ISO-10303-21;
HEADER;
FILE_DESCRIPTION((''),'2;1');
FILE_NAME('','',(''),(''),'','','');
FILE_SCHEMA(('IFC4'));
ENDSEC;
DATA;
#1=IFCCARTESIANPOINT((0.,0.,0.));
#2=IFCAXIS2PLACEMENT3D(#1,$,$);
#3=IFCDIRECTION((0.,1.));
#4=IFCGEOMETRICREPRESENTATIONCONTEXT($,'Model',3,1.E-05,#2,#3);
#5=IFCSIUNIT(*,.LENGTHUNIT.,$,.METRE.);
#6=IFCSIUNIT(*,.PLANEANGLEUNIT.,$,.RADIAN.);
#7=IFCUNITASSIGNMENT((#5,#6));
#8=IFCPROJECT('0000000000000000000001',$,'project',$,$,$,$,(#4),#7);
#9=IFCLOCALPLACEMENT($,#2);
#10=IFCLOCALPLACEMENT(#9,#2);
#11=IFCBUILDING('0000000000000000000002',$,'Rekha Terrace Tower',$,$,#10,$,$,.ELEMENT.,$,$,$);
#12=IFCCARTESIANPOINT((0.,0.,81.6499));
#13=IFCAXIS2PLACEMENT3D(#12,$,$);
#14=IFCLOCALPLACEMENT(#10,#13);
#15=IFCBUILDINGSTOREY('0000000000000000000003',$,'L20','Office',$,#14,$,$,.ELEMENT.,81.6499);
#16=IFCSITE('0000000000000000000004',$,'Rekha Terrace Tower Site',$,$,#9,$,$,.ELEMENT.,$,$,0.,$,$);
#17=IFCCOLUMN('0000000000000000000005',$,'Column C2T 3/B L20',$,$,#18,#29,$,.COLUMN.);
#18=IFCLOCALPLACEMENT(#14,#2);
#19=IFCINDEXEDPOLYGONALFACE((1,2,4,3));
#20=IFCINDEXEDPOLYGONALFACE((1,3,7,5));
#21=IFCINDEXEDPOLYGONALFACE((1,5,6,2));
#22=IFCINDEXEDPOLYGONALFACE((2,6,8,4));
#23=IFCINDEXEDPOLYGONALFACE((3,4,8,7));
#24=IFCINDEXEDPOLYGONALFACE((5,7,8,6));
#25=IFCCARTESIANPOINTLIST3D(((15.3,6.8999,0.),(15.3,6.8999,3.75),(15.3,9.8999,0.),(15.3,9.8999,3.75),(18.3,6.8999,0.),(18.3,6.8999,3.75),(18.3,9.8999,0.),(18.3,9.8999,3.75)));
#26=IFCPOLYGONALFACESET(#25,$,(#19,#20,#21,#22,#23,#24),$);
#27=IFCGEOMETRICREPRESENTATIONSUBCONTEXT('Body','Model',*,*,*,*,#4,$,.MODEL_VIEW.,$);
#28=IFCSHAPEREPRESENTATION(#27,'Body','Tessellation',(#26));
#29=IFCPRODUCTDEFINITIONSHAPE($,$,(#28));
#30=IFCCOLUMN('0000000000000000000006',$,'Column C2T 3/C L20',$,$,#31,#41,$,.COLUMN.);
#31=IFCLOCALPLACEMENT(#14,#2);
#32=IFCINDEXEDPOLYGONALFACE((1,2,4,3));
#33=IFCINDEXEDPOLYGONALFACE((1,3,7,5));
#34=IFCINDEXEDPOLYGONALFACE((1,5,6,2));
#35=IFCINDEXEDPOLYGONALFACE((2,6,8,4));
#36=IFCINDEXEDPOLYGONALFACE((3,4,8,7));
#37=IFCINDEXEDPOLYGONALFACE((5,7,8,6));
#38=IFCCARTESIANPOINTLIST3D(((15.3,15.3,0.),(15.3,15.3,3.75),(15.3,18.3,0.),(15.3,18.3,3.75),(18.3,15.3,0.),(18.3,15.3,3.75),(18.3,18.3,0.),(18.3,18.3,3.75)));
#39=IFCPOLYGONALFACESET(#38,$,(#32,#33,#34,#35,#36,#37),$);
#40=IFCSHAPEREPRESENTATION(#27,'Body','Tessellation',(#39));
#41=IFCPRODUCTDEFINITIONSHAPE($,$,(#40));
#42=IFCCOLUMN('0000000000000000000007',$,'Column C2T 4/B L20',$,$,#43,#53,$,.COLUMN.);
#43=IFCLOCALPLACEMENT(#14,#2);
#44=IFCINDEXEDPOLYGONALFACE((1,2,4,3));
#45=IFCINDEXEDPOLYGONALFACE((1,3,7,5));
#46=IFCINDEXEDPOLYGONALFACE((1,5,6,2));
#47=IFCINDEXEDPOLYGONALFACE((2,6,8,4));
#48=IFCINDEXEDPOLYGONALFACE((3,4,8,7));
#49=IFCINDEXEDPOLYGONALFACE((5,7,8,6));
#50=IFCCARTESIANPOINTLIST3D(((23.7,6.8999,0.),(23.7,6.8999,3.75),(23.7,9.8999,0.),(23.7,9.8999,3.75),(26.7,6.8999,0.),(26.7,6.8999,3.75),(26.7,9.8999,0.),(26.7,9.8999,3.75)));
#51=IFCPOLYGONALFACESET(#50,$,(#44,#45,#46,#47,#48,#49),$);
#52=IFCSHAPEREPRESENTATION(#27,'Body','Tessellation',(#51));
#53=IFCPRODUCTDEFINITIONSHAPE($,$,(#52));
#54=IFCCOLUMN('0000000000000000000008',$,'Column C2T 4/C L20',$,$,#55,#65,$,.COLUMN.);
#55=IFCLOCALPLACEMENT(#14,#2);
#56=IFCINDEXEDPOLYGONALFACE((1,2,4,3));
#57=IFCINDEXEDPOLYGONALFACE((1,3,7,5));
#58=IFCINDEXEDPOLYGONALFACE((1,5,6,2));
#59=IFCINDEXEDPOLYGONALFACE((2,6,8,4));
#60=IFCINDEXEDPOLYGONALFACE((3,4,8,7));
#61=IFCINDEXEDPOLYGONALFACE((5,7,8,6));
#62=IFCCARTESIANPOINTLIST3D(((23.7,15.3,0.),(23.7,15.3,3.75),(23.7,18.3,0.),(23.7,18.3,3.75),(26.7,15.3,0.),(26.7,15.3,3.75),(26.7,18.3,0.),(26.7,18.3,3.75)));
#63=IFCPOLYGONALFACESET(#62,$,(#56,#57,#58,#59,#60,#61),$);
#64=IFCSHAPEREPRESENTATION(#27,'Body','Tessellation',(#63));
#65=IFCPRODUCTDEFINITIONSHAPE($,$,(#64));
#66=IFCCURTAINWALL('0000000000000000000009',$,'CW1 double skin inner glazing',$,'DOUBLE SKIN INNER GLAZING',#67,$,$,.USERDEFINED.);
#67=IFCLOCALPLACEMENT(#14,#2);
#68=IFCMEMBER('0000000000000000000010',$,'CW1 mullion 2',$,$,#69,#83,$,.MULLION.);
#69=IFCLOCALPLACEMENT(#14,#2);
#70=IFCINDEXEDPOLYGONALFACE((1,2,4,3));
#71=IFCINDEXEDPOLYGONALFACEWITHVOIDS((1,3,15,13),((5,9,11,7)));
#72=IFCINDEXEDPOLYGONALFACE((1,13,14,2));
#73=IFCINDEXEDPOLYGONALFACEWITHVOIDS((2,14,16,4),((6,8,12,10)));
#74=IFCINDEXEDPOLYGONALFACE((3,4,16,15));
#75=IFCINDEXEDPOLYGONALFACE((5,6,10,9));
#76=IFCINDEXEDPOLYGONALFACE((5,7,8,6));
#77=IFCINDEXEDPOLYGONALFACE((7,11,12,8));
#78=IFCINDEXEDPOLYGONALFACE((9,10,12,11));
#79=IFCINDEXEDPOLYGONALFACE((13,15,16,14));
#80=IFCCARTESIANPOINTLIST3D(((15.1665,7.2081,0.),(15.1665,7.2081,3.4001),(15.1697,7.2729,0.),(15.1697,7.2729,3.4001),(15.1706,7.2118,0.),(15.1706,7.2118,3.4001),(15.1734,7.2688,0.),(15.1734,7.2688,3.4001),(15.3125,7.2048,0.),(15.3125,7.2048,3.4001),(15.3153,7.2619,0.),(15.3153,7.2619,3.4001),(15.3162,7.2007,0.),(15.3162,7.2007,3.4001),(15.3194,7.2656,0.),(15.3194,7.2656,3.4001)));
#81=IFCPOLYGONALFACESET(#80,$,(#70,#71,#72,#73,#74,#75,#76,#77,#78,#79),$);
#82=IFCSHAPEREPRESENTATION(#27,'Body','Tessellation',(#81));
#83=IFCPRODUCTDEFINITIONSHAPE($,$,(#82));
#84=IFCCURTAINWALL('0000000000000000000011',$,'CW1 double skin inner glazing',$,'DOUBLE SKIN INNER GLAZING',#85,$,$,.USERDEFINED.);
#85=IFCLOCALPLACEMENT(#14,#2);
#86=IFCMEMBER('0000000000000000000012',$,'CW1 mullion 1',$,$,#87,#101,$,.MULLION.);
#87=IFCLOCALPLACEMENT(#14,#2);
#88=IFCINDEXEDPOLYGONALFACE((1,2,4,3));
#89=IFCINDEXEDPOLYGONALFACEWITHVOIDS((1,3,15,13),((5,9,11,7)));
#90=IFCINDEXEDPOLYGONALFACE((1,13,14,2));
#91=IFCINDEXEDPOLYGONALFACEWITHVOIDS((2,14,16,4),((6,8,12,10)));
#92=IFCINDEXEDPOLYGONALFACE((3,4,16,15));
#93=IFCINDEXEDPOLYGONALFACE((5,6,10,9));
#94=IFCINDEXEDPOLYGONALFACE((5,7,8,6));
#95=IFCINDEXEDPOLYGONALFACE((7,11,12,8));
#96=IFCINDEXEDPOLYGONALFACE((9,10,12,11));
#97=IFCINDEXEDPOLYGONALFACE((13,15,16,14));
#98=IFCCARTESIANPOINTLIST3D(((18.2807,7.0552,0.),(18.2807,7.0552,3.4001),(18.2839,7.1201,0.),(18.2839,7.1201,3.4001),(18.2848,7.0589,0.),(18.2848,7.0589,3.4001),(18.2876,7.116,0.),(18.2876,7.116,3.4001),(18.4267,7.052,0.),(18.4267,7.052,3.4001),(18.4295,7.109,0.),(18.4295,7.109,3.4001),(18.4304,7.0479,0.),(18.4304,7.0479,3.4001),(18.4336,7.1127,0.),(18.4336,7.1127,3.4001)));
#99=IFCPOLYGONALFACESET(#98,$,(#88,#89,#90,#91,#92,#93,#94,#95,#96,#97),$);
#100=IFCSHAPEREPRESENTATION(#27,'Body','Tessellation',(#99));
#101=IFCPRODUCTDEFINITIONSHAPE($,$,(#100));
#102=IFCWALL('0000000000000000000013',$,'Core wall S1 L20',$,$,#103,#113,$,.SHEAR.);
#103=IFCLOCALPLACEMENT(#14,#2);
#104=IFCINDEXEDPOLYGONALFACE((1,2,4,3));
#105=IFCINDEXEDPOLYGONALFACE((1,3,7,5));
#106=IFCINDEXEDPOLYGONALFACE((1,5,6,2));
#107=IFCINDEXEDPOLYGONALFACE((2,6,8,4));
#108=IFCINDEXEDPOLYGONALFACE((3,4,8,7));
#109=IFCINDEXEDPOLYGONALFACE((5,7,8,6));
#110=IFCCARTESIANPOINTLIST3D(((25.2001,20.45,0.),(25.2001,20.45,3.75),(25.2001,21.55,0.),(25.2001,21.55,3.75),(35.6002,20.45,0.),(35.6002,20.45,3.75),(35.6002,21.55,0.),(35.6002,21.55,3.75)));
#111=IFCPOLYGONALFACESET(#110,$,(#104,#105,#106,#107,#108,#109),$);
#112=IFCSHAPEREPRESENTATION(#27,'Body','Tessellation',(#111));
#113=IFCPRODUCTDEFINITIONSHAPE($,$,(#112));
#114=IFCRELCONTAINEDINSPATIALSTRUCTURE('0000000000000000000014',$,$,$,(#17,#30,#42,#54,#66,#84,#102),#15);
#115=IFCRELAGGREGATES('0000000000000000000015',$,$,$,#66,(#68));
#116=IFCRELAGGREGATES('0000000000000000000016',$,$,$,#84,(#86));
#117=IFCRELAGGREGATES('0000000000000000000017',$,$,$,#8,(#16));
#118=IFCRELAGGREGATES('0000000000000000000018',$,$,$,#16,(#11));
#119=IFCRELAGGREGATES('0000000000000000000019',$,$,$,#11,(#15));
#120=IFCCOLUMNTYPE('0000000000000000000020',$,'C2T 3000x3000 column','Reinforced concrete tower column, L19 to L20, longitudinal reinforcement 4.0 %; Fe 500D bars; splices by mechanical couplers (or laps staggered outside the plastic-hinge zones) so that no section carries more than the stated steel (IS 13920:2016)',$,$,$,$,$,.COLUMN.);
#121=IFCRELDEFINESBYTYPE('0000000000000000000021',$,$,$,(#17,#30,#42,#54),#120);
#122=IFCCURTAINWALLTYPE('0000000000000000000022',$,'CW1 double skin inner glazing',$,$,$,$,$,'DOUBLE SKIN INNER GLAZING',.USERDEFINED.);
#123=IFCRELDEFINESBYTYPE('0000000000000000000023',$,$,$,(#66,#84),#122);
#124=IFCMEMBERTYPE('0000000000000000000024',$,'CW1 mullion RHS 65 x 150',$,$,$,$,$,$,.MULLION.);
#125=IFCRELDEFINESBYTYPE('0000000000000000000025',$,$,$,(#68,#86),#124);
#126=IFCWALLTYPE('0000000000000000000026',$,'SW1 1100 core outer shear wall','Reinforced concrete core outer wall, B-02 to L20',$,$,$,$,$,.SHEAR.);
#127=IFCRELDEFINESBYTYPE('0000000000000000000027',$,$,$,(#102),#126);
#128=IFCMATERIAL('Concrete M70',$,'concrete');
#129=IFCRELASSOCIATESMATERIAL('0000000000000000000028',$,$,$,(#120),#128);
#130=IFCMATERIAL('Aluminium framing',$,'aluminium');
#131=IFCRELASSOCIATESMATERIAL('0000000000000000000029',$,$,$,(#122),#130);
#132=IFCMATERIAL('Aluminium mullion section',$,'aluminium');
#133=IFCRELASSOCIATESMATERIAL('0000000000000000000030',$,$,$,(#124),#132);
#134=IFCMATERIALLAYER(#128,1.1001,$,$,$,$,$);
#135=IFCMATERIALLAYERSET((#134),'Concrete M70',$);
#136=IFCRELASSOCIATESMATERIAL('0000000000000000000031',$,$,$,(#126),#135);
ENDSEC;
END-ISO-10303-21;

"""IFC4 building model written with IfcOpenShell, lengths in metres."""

from ifc_helpers import new_model, si_unit, direction, frame, frame_2d, origin, origin_2d, place, context, subcontext, project, spatial, rectangle, hollow_rectangle, extrude, material, layer, layer_set, material_profile, profile_set, type_object, element, aggregate, save


model = new_model("IFC4")

# Units and contexts
model_context = context("Model", 3, precision=1e-05, world=origin(), true_north=direction((0.0, 1.0)))
body_context = subcontext(model_context, "Body", "Model", "MODEL_VIEW")
ifc_project = project(units=[si_unit("LENGTHUNIT", "METRE"), si_unit("PLANEANGLEUNIT", "RADIAN")], contexts=[model_context])

# Site, building, storey
site_placement = place(None, origin())
site = spatial("IfcSite", under=ifc_project, at=site_placement, Name="Rekha Terrace Tower Site", CompositionType="ELEMENT", RefElevation=0.0)
building_placement = place(site_placement, origin())
building = spatial("IfcBuilding", under=site, at=building_placement, Name="Rekha Terrace Tower", CompositionType="ELEMENT")
storey_placement = place(building_placement, frame((0.0, 0.0, 81.6499)))
storey = spatial("IfcBuildingStorey", under=building, at=storey_placement, Name="L20", Description="Office", CompositionType="ELEMENT", Elevation=81.6499)

# Columns
ifc_material_1 = material(Name="Concrete M70", Category="concrete")
ifc_material_profile_1 = material_profile(ifc_material_1, rectangle(XDim=3.0, YDim=3.0, at=origin_2d()), Name="RC 3000x3000")
ifc_profile_set_1 = profile_set([ifc_material_profile_1], Name="Concrete M70")
column_type = type_object("IfcColumnType", Name="C2T 3000x3000 column", Description="Reinforced concrete tower column, L19 to L20, longitudinal reinforcement 4.0 %; Fe 500D bars; splices by mechanical couplers (or laps staggered outside the plastic-hinge zones) so that no section carries more than the stated steel (IS 13920:2016)", PredefinedType="COLUMN", material=ifc_profile_set_1)
for number, where, z_axis, x_axis, name in (
    (1, (16.8, 8.3999, 0.0), (0.0, 0.0, 1.0), (1.0, 0.0, 0.0), "Column C2T 3/B L20"),
    (2, (16.8, 16.8, 0.0), (0.0, 0.0, 1.0), (1.0, 0.0, 0.0), "Column C2T 3/C L20"),
    (3, (25.2, 8.3999, 0.0), (0.0, 0.0, 1.0), (1.0, 0.0, 0.0), "Column C2T 4/B L20"),
    (4, (25.2, 16.8, 0.0), (0.0, 0.0, 1.0), (1.0, 0.0, 0.0), "Column C2T 4/C L20"),
):
    element("IfcColumn", number, at=place(storey_placement, frame(where, z_axis=z_axis, x_axis=x_axis)), inside=storey, type_object=column_type, Name=name, PredefinedType="COLUMN", context=body_context, shape_type="SweptSolid", body=[
        extrude(rectangle(XDim=3.0, YDim=3.0, at=origin_2d()), origin(), (0.0, 0.0, 1.0), 3.75),
    ])

# Curtain walls, members
ifc_material_2 = material(Name="Aluminium framing", Category="aluminium")
curtain_wall_type = type_object("IfcCurtainWallType", Name="CW1 double skin inner glazing", ElementType="DOUBLE SKIN INNER GLAZING", PredefinedType="USERDEFINED", material=ifc_material_2)
curtain_wall_1_placement = place(storey_placement, origin())
curtain_wall_1 = element("IfcCurtainWall", 5, at=curtain_wall_1_placement, inside=storey, type_object=curtain_wall_type, Name="CW1 double skin inner glazing", ObjectType="DOUBLE SKIN INNER GLAZING", PredefinedType="USERDEFINED")
ifc_material_3 = material(Name="Aluminium mullion section", Category="aluminium")
ifc_material_profile_2 = material_profile(ifc_material_3, hollow_rectangle(XDim=0.0649, YDim=0.1499, WallThickness=0.0039, at=origin_2d()), Name="AL RHS 65x150")
ifc_profile_set_2 = profile_set([ifc_material_profile_2], Name="Aluminium mullion section")
member_type = type_object("IfcMemberType", Name="CW1 mullion RHS 65 x 150", PredefinedType="MULLION", material=ifc_profile_set_2)
member_1_placement = place(storey_placement, frame((15.2429, 7.2368, 0.0), z_axis=(0.0, 0.0, 1.0), x_axis=(0.049052, 0.998796, 0.0)))
member_1 = element("IfcMember", 6, at=member_1_placement, type_object=member_type, Name="CW1 mullion 2", PredefinedType="MULLION", context=body_context, shape_type="SweptSolid", body=[
    extrude(hollow_rectangle(XDim=0.0649, YDim=0.1499, WallThickness=0.0039, at=origin_2d()), origin(), (0.0, 0.0, 1.0), 3.4001),
])
aggregate(curtain_wall_1, [member_1])
curtain_wall_2_placement = place(storey_placement, origin())
curtain_wall_2 = element("IfcCurtainWall", 7, at=curtain_wall_2_placement, inside=storey, type_object=curtain_wall_type, Name="CW1 double skin inner glazing", ObjectType="DOUBLE SKIN INNER GLAZING", PredefinedType="USERDEFINED")
member_2_placement = place(storey_placement, frame((18.3572, 7.084, 0.0), z_axis=(0.0, 0.0, 1.0), x_axis=(0.049052, 0.998796, 0.0)))
member_2 = element("IfcMember", 8, at=member_2_placement, type_object=member_type, Name="CW1 mullion 1", PredefinedType="MULLION", context=body_context, shape_type="SweptSolid", body=[
    extrude(hollow_rectangle(XDim=0.0649, YDim=0.1499, WallThickness=0.0039, at=origin_2d()), origin(), (0.0, 0.0, 1.0), 3.4001),
])
aggregate(curtain_wall_2, [member_2])

# Wall
ifc_layer_1 = layer(ifc_material_1, 1.1001)
ifc_layer_set_1 = layer_set([ifc_layer_1], Name="Concrete M70")
wall_type_1 = type_object("IfcWallType", Name="SW1 1100 core outer shear wall", Description="Reinforced concrete core outer wall, B-02 to L20", PredefinedType="SHEAR", material=ifc_layer_set_1)
wall_1_placement = place(storey_placement, frame((25.2, 21.0, 0.0), z_axis=(0.0, 0.0, 1.0), x_axis=(1.0, 0.0, 0.0)))
element("IfcWall", 9, at=wall_1_placement, inside=storey, type_object=wall_type_1, Name="Core wall S1 L20", PredefinedType="SHEAR", context=body_context, shape_type="SweptSolid", body=[
    extrude(rectangle(XDim=10.4001, YDim=1.1001, at=frame_2d((5.2002, 0.0))), origin(), (0.0, 0.0, 1.0), 3.75),
])

save(model, "model.ifc")
